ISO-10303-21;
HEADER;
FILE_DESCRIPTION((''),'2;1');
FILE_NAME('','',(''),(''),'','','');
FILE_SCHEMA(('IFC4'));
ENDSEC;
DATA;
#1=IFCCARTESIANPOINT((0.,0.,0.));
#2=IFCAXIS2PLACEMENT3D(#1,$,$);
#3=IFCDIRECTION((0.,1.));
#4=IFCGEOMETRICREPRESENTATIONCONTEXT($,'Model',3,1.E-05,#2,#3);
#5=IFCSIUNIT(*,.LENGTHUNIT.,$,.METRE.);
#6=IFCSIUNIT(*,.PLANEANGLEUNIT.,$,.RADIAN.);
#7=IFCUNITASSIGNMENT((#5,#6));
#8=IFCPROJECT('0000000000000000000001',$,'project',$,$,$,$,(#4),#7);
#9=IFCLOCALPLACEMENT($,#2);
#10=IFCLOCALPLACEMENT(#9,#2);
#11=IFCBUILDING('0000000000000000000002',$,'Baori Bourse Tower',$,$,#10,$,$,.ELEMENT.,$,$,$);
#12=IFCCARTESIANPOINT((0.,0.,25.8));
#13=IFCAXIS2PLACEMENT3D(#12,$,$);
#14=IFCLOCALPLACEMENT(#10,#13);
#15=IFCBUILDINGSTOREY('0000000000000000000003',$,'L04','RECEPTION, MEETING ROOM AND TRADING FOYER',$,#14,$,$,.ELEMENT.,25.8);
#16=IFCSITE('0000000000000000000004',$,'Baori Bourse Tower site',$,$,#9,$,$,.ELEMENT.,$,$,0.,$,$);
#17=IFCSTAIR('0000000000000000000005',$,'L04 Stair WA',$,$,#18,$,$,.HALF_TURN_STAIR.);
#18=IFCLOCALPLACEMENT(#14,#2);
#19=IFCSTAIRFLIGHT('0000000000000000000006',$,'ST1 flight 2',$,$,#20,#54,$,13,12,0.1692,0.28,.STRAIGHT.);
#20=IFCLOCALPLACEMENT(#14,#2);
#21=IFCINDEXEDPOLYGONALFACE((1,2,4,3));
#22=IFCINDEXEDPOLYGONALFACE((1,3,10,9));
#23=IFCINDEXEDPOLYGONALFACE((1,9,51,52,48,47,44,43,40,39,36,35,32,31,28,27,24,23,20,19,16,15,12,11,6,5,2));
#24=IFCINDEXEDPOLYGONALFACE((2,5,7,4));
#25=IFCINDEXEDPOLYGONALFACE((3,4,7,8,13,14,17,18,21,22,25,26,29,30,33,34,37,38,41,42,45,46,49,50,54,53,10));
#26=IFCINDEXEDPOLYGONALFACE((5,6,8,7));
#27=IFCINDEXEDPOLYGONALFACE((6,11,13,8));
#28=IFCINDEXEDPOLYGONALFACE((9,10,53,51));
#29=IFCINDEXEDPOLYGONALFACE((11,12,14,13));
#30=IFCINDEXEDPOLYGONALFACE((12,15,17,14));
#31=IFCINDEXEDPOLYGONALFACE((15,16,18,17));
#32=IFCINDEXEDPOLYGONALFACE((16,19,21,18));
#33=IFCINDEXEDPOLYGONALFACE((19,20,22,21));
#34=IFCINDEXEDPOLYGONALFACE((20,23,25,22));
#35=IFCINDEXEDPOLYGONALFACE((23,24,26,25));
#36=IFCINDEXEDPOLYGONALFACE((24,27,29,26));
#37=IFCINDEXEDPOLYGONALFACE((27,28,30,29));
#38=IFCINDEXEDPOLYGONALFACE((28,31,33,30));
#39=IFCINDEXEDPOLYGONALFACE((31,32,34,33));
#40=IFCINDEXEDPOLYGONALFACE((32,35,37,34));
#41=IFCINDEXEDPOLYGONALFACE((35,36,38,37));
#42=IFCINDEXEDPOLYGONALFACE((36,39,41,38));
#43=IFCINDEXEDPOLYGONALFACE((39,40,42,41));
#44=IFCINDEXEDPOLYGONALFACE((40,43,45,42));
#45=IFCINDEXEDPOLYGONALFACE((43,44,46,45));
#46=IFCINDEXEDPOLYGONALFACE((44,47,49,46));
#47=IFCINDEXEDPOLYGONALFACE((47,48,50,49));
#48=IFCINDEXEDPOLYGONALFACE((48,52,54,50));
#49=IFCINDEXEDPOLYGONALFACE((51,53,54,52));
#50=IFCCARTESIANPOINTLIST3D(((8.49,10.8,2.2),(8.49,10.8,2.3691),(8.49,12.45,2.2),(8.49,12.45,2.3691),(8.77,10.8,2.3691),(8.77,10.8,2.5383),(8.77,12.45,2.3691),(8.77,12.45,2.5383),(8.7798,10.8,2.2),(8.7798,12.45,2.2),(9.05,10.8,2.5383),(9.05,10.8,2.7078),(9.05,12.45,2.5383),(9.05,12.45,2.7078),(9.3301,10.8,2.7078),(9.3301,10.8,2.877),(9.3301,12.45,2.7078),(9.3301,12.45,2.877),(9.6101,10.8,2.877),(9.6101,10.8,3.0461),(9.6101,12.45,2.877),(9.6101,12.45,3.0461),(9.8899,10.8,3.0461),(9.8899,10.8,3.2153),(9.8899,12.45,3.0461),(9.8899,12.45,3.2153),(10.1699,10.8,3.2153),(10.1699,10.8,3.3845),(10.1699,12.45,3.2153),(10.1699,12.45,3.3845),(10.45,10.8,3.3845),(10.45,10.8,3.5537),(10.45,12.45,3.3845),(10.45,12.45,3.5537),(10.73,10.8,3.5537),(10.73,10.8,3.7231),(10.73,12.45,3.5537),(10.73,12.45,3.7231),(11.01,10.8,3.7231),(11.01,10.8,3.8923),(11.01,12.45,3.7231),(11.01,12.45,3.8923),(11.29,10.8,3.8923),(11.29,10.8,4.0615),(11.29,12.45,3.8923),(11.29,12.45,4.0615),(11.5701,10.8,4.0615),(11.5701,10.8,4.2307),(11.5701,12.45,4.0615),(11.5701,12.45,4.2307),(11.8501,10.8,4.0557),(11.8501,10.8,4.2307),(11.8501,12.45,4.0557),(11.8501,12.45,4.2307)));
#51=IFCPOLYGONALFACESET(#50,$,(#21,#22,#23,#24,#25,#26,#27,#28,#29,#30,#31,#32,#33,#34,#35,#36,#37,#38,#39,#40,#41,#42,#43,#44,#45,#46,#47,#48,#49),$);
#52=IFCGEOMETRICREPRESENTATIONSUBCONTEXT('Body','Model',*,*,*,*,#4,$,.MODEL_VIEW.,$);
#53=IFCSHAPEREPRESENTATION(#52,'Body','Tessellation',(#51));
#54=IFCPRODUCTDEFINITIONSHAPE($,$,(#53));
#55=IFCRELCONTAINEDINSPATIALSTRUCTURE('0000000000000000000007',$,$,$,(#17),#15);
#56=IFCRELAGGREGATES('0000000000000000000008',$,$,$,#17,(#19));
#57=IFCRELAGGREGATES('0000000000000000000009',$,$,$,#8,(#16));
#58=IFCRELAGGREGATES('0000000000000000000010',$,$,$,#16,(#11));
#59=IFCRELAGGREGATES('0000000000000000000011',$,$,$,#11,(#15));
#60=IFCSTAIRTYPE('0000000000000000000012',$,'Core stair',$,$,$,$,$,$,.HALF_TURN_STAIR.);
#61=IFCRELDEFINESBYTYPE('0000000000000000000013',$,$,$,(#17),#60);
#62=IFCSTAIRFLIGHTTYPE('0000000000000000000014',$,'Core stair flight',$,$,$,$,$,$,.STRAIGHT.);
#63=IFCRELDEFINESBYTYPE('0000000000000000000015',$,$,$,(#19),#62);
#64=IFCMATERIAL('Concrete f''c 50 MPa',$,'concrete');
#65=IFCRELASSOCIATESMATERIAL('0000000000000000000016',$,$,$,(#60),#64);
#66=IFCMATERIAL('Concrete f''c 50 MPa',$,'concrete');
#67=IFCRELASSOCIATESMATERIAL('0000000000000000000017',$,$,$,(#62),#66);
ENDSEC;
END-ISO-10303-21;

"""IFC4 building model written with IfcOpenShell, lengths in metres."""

from ifc_helpers import new_model, si_unit, direction, frame, origin, place, context, subcontext, project, spatial, polyline, outline, extrude, material, type_object, element, aggregate, save


model = new_model("IFC4")

# Units and contexts
model_context = context("Model", 3, precision=1e-05, world=origin(), true_north=direction((0.0, 1.0)))
body_context = subcontext(model_context, "Body", "Model", "MODEL_VIEW")
ifc_project = project(units=[si_unit("LENGTHUNIT", "METRE"), si_unit("PLANEANGLEUNIT", "RADIAN")], contexts=[model_context])

# Site, building, storey
site_placement = place(None, origin())
site = spatial("IfcSite", under=ifc_project, at=site_placement, Name="Baori Bourse Tower site", CompositionType="ELEMENT", RefElevation=0.0)
building_placement = place(site_placement, origin())
building = spatial("IfcBuilding", under=site, at=building_placement, Name="Baori Bourse Tower", CompositionType="ELEMENT")
storey_placement = place(building_placement, frame((0.0, 0.0, 25.8)))
storey = spatial("IfcBuildingStorey", under=building, at=storey_placement, Name="L04", Description="RECEPTION, MEETING ROOM AND TRADING FOYER", CompositionType="ELEMENT", Elevation=25.8)

# Stair, stair flight
ifc_material_1 = material(Name="Concrete f'c 50 MPa", Category="concrete")
stair_type = type_object("IfcStairType", Name="Core stair", PredefinedType="HALF_TURN_STAIR", material=ifc_material_1)
stair_placement = place(storey_placement, origin())
stair = element("IfcStair", 1, at=stair_placement, inside=storey, type_object=stair_type, Name="L04 Stair WA", PredefinedType="HALF_TURN_STAIR")
ifc_material_2 = material(Name="Concrete f'c 50 MPa", Category="concrete")
stair_flight_type = type_object("IfcStairFlightType", Name="Core stair flight", PredefinedType="STRAIGHT", material=ifc_material_2)
stair_flight_placement = place(storey_placement, frame((8.49, 11.625, 2.2), z_axis=(0.0, 0.0, 1.0), x_axis=(1.0, 0.0, 0.0)))
stair_flight = element("IfcStairFlight", 2, at=stair_flight_placement, type_object=stair_flight_type, Name="ST1 flight 2", NumberOfRisers=13, NumberOfTreads=12, PredefinedType="STRAIGHT", RiserHeight=0.1692, TreadLength=0.28, context=body_context, shape_type="SweptSolid", body=[
    extrude(outline(polyline([(0.0, 0.0), (0.0, 0.1692), (0.28, 0.1692), (0.28, 0.3384), (0.5601, 0.3384), (0.5601, 0.5078), (0.8401, 0.5078), (0.8401, 0.677), (1.1201, 0.677), (1.1201, 0.8462), (1.3999, 0.8462), (1.3999, 1.0154), (1.6799, 1.0154), (1.6799, 1.1846), (1.96, 1.1846), (1.96, 1.3538), (2.24, 1.3538), (2.24, 1.5232), (2.52, 1.5232), (2.52, 1.6924), (2.8, 1.6924), (2.8, 1.8616), (3.0801, 1.8616), (3.0801, 2.0308), (3.3601, 2.0308), (3.3601, 2.2), (3.3601, 1.8557), (0.2898, 0.0), (0.0, 0.0)])), frame((0.0, 0.825, 0.0), z_axis=(0.0, -1.0, 0.0), x_axis=(1.0, 0.0, 0.0)), (0.0, 0.0, 1.0), 1.6499),
])
aggregate(stair, [stair_flight])

save(model, "model.ifc")
